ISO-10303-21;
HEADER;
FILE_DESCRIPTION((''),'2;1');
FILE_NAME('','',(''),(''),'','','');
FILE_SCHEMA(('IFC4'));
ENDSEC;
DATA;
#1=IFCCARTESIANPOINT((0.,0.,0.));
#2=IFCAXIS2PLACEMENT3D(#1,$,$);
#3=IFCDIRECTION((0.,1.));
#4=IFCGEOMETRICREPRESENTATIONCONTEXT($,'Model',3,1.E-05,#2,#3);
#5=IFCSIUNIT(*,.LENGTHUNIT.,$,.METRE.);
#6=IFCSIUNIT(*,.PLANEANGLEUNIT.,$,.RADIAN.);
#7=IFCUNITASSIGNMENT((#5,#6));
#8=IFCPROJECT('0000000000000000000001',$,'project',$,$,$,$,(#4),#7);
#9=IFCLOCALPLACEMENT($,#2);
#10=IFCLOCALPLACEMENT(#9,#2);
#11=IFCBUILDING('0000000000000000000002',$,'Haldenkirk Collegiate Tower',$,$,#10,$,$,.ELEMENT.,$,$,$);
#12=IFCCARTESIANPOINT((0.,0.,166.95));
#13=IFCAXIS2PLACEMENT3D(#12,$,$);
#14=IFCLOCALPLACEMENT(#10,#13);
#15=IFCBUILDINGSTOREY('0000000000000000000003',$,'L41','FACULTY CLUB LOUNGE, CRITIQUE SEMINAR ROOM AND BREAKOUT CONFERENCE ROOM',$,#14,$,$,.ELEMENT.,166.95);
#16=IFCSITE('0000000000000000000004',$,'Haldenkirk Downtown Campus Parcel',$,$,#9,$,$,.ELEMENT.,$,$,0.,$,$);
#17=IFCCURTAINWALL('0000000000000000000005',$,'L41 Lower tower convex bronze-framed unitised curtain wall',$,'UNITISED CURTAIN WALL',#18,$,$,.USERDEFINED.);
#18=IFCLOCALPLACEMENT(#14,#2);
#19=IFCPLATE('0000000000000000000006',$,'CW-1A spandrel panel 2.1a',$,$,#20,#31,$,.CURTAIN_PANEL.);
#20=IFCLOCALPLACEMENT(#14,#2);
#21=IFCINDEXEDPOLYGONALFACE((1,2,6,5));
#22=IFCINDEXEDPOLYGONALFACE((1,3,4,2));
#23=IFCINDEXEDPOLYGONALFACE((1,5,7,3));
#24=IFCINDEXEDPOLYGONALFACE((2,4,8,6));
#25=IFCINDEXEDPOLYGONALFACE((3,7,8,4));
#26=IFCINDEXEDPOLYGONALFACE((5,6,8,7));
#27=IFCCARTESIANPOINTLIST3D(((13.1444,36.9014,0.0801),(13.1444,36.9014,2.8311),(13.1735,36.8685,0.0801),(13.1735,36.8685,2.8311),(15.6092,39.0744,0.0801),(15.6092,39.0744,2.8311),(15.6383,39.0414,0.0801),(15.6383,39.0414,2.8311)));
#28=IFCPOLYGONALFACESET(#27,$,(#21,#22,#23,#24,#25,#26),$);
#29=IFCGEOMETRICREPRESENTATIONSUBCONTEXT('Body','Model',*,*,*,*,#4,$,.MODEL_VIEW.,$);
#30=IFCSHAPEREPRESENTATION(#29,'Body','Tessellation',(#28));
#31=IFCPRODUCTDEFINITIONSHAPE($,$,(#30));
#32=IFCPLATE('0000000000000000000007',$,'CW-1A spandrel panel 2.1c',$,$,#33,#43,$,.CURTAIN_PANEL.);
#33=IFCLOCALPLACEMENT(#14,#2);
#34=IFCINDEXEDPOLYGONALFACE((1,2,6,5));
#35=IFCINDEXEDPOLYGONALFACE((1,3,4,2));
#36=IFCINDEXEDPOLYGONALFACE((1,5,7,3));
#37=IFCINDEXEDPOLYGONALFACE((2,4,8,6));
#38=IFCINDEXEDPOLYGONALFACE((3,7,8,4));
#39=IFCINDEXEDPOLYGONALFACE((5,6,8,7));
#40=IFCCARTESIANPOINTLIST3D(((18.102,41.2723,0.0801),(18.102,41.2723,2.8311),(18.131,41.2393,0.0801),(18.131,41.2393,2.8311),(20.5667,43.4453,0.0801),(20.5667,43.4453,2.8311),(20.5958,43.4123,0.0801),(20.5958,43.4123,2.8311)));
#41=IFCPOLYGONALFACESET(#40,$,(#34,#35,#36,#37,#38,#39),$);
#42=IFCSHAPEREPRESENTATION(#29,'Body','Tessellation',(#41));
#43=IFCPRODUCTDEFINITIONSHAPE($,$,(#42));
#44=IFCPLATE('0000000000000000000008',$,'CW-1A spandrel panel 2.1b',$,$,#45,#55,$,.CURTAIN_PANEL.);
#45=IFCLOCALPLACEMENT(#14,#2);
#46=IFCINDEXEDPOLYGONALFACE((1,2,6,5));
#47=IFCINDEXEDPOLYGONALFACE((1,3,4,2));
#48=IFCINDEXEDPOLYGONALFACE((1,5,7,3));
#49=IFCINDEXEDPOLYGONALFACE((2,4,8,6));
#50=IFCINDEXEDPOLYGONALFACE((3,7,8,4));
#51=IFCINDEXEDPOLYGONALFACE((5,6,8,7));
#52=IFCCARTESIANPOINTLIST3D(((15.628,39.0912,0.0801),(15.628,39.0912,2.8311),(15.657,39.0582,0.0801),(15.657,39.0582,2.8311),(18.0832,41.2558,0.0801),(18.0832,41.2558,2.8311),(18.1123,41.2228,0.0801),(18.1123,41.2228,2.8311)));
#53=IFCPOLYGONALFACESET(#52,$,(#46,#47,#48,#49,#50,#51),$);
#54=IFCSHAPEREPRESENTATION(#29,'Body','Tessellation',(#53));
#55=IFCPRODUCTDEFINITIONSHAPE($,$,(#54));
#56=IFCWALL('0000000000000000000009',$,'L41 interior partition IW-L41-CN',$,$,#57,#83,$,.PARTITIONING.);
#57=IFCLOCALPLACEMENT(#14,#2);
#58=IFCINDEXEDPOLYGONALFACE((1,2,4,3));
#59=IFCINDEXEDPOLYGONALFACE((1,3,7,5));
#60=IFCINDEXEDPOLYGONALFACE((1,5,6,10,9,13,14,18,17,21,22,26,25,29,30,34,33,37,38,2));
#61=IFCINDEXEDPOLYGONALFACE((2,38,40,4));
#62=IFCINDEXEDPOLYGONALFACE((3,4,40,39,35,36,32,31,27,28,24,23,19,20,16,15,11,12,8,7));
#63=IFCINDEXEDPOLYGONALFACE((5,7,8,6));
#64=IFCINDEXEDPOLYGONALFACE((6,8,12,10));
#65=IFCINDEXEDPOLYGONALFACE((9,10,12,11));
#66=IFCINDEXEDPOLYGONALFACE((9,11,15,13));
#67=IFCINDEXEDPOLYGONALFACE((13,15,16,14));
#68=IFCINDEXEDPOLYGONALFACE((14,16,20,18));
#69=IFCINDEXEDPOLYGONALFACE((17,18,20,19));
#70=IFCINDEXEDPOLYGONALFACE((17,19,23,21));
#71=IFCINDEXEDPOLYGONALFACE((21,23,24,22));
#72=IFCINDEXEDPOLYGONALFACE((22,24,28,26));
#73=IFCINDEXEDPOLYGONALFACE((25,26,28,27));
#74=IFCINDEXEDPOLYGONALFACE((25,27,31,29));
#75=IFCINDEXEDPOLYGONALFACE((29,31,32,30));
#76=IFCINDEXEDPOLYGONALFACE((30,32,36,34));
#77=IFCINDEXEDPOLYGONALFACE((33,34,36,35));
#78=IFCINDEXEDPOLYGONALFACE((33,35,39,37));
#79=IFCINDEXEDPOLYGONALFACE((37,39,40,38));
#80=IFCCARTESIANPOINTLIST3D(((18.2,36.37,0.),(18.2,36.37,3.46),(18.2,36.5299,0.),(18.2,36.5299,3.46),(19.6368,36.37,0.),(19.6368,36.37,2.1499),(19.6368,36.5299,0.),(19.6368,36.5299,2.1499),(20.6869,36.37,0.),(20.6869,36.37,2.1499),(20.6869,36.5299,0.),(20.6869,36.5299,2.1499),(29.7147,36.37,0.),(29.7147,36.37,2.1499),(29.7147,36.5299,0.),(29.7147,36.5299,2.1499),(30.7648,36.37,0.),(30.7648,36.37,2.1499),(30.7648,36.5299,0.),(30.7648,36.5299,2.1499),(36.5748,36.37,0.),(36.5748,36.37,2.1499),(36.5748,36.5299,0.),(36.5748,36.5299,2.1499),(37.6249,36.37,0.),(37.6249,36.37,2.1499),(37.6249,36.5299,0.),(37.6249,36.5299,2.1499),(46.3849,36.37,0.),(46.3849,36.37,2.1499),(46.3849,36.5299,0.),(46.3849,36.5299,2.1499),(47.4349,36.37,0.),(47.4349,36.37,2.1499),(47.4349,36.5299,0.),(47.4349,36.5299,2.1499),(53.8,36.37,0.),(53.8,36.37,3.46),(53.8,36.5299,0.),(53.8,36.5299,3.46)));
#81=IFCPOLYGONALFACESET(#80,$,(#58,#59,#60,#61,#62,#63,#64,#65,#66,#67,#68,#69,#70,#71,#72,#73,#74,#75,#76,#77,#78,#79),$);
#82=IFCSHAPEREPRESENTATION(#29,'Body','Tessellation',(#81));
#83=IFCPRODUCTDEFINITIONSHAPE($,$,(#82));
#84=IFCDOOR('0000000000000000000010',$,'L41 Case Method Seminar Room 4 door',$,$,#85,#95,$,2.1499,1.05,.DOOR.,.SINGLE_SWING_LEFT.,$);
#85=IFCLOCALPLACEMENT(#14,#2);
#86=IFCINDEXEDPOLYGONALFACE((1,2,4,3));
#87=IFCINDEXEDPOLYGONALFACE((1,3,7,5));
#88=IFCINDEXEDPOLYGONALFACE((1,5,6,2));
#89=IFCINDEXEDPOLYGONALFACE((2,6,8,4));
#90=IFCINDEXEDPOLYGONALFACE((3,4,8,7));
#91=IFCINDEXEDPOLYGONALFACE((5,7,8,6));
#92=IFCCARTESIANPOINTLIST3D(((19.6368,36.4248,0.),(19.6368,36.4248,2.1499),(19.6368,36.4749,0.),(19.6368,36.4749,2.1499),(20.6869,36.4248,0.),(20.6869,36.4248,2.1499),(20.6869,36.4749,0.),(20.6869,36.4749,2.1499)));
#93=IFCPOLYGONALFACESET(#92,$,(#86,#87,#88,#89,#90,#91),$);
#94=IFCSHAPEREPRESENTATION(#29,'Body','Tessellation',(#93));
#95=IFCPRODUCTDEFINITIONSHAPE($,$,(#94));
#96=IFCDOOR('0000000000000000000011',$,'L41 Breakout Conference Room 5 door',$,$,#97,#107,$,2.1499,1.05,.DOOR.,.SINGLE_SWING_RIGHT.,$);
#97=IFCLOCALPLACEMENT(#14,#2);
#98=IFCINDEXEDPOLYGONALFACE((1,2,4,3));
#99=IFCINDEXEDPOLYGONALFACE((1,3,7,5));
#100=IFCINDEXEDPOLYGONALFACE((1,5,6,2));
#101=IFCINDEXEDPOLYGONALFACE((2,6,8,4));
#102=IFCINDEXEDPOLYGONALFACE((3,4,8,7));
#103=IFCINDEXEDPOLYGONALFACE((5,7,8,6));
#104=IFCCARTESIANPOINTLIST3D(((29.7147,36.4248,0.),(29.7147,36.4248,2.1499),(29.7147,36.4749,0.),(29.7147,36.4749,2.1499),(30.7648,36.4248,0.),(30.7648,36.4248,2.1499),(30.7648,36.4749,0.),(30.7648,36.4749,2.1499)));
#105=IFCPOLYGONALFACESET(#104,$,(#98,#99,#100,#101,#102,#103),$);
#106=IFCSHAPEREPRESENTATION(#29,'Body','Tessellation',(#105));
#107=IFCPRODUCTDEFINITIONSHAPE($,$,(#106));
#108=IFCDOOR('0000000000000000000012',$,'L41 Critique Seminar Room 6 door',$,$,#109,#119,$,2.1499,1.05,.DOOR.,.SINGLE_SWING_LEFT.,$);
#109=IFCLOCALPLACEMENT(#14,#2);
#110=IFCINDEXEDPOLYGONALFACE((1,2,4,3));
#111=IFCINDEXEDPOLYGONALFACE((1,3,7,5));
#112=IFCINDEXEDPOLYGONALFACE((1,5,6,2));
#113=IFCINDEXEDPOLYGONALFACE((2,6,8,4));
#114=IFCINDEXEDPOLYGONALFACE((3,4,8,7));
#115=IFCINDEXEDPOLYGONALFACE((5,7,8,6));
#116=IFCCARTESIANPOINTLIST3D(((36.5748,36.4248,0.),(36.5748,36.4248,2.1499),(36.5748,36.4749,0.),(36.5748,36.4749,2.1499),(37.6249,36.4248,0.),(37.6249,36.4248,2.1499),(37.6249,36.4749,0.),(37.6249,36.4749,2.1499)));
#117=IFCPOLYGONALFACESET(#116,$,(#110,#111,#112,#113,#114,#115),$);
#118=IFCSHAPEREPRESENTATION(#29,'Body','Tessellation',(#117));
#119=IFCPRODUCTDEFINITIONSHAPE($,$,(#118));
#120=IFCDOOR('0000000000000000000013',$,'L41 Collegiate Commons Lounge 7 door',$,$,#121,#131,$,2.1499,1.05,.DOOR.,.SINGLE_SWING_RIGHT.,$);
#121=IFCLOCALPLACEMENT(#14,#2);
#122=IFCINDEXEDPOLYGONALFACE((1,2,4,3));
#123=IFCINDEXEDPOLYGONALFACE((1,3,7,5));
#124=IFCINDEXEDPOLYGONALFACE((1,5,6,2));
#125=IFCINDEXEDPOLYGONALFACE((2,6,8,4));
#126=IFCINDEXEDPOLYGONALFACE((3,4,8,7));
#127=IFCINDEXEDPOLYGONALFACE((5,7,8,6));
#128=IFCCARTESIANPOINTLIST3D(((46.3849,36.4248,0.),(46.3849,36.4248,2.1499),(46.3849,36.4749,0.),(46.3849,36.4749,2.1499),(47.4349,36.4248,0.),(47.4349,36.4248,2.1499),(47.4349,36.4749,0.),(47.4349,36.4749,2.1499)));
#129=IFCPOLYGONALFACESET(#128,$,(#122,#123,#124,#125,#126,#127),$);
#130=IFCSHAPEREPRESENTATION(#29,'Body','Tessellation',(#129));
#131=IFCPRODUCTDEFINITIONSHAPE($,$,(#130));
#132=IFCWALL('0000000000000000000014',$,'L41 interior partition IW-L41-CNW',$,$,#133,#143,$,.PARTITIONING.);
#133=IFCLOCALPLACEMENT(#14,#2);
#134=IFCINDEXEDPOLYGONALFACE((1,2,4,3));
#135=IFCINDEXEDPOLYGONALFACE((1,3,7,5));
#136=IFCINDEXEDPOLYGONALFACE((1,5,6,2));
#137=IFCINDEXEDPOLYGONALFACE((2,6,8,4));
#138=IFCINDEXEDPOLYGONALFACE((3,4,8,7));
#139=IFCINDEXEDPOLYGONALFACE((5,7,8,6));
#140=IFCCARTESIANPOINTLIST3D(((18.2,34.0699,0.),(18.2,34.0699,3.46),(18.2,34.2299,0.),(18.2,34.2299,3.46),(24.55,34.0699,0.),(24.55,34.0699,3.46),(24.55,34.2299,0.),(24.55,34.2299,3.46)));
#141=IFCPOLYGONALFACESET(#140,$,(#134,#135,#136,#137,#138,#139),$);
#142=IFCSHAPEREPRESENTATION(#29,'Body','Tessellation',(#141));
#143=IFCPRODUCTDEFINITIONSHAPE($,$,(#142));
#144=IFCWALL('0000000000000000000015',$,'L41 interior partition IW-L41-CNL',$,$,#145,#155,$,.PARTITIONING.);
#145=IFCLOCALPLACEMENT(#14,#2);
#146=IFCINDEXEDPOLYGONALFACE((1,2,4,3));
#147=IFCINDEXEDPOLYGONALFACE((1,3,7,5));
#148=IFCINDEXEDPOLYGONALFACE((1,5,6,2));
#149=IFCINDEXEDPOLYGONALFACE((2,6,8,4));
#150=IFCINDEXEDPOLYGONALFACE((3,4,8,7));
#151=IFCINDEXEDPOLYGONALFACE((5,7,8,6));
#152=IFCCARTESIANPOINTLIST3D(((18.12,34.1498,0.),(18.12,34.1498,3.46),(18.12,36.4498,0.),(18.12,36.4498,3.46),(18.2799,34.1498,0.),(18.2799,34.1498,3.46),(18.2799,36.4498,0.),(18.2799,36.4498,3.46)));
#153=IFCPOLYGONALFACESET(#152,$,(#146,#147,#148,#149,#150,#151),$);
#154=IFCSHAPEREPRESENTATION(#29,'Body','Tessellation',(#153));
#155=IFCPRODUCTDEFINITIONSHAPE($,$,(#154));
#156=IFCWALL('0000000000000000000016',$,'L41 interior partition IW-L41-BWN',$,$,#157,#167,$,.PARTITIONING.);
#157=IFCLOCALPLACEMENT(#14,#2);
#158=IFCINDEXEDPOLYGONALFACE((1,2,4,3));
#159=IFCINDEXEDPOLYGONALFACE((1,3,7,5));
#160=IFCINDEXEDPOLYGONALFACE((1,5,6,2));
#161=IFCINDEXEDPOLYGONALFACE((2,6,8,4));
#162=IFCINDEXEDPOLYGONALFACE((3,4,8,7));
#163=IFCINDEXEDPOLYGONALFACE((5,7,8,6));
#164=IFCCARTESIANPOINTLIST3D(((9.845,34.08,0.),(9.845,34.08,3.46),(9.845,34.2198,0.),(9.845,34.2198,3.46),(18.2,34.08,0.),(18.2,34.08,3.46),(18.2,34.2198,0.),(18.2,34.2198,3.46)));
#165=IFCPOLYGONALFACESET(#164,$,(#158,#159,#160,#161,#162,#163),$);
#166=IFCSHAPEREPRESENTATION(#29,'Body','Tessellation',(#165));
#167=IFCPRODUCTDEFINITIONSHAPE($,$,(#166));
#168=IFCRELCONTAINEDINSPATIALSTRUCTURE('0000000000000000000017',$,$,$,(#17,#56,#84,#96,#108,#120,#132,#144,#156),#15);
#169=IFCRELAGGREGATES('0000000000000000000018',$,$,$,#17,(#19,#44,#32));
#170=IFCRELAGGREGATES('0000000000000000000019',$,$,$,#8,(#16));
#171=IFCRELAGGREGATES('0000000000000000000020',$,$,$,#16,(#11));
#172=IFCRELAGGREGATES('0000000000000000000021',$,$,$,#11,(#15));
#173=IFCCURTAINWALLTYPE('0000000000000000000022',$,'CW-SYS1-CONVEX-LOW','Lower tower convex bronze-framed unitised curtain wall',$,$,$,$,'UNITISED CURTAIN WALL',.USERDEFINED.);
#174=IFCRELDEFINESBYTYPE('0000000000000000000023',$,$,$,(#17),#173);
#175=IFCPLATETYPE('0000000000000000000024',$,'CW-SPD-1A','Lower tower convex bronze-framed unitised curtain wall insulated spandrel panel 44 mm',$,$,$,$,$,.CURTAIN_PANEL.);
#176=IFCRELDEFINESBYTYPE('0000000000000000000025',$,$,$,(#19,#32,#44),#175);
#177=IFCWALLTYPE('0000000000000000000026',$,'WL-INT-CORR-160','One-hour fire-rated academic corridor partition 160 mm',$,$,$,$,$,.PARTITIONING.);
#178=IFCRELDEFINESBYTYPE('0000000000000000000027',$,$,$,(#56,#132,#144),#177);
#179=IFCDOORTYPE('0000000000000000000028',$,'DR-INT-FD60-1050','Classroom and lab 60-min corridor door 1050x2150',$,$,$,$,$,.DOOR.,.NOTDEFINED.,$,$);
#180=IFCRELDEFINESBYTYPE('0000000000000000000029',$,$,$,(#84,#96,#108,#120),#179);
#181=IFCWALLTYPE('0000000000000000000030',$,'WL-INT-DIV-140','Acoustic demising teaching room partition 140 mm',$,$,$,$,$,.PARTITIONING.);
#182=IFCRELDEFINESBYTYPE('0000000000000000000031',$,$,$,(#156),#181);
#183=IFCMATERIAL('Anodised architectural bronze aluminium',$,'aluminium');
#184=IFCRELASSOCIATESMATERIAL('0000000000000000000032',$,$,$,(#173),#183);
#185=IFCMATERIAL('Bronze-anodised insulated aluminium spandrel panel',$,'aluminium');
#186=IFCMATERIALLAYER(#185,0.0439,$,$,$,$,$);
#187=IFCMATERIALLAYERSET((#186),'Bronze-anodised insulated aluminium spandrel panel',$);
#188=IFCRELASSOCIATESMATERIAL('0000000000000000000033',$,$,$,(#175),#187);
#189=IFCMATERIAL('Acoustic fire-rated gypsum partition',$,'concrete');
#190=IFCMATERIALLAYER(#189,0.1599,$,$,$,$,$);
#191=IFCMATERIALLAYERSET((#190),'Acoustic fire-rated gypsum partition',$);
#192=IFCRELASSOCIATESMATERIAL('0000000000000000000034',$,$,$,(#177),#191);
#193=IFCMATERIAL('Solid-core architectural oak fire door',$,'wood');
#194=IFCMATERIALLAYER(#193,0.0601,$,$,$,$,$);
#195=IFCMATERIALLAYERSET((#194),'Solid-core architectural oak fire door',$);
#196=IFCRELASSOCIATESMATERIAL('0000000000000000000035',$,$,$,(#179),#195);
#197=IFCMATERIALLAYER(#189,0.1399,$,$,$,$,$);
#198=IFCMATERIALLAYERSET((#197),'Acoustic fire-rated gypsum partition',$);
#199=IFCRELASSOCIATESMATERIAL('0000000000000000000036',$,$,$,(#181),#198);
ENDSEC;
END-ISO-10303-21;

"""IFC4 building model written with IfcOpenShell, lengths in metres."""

from ifc_helpers import new_model, si_unit, direction, frame, frame_2d, origin, origin_2d, place, context, subcontext, project, spatial, rectangle, extrude, source, transform, mapped, material, layer, layer_set, type_object, element, fill, aggregate, save


model = new_model("IFC4")

# Units and contexts
model_context = context("Model", 3, precision=1e-05, world=origin(), true_north=direction((0.0, 1.0)))
body_context = subcontext(model_context, "Body", "Model", "MODEL_VIEW")
ifc_project = project(units=[si_unit("LENGTHUNIT", "METRE"), si_unit("PLANEANGLEUNIT", "RADIAN")], contexts=[model_context])

# Site, building, storey
site_placement = place(None, origin())
site = spatial("IfcSite", under=ifc_project, at=site_placement, Name="Haldenkirk Downtown Campus Parcel", CompositionType="ELEMENT", RefElevation=0.0)
building_placement = place(site_placement, origin())
building = spatial("IfcBuilding", under=site, at=building_placement, Name="Haldenkirk Collegiate Tower", CompositionType="ELEMENT")
storey_placement = place(building_placement, frame((0.0, 0.0, 166.95)))
storey = spatial("IfcBuildingStorey", under=building, at=storey_placement, Name="L41", Description="FACULTY CLUB LOUNGE, CRITIQUE SEMINAR ROOM AND BREAKOUT CONFERENCE ROOM", CompositionType="ELEMENT", Elevation=166.95)

# Curtain wall
ifc_material_1 = material(Name="Anodised architectural bronze aluminium", Category="aluminium")
curtain_wall_type = type_object("IfcCurtainWallType", Name="CW-SYS1-CONVEX-LOW", Description="Lower tower convex bronze-framed unitised curtain wall", ElementType="UNITISED CURTAIN WALL", PredefinedType="USERDEFINED", material=ifc_material_1)
curtain_wall_placement = place(storey_placement, origin())
curtain_wall = element("IfcCurtainWall", 1, at=curtain_wall_placement, inside=storey, type_object=curtain_wall_type, Name="L41 Lower tower convex bronze-framed unitised curtain wall", ObjectType="UNITISED CURTAIN WALL", PredefinedType="USERDEFINED")

# Plates
ifc_material_2 = material(Name="Bronze-anodised insulated aluminium spandrel panel", Category="aluminium")
ifc_layer_1 = layer(ifc_material_2, 0.0439)
ifc_layer_set_1 = layer_set([ifc_layer_1], Name="Bronze-anodised insulated aluminium spandrel panel")
plate_type_1 = type_object("IfcPlateType", Name="CW-SPD-1A", Description="Lower tower convex bronze-framed unitised curtain wall insulated spandrel panel 44 mm", PredefinedType="CURTAIN_PANEL", material=ifc_layer_set_1)
shared_shape_1 = source(origin(), body_context, "Body", "SweptSolid", [
    extrude(rectangle(XDim=3.2859, YDim=0.0439, at=origin_2d()), origin(), (0.0, 0.0, 1.0), 2.751),
])
plate_1_placement = place(storey_placement, frame((14.3914, 37.9714, 0.0801), z_axis=(0.0, 0.0, 1.0), x_axis=(0.750112, 0.66131, 0.0)))
plate_1 = element("IfcPlate", 2, at=plate_1_placement, type_object=plate_type_1, Name="CW-1A spandrel panel 2.1a", PredefinedType="CURTAIN_PANEL", context=body_context, shape_type="MappedRepresentation", body=[
    mapped(shared_shape_1, transform((0.0, 0.0, 0.0), x_axis=(1.0, 0.0, 0.0), y_axis=(0.0, 1.0, 0.0), z_axis=(0.0, 0.0, 1.0), scale=1.0)),
])
plate_2_placement = place(storey_placement, frame((19.3489, 42.3423, 0.0801), z_axis=(0.0, 0.0, 1.0), x_axis=(0.750112, 0.66131, 0.0)))
plate_2 = element("IfcPlate", 3, at=plate_2_placement, type_object=plate_type_1, Name="CW-1A spandrel panel 2.1c", PredefinedType="CURTAIN_PANEL", context=body_context, shape_type="MappedRepresentation", body=[
    mapped(shared_shape_1, transform((0.0, 0.0, 0.0), x_axis=(1.0, 0.0, 0.0), y_axis=(0.0, 1.0, 0.0), z_axis=(0.0, 0.0, 1.0), scale=1.0)),
])
shared_shape_2 = source(origin(), body_context, "Body", "SweptSolid", [
    extrude(rectangle(XDim=3.2732, YDim=0.0439, at=origin_2d()), origin(), (0.0, 0.0, 1.0), 2.751),
])
plate_3_placement = place(storey_placement, frame((16.8701, 40.157, 0.0801), z_axis=(0.0, 0.0, 1.0), x_axis=(0.750112, 0.66131, 0.0)))
plate_3 = element("IfcPlate", 4, at=plate_3_placement, type_object=plate_type_1, Name="CW-1A spandrel panel 2.1b", PredefinedType="CURTAIN_PANEL", context=body_context, shape_type="MappedRepresentation", body=[
    mapped(shared_shape_2, transform((0.0, 0.0, 0.0), x_axis=(1.0, 0.0, 0.0), y_axis=(0.0, 1.0, 0.0), z_axis=(0.0, 0.0, 1.0), scale=1.0)),
])
aggregate(curtain_wall, [plate_1, plate_3, plate_2])

# Wall, openings, doors
ifc_material_3 = material(Name="Acoustic fire-rated gypsum partition", Category="concrete")
ifc_layer_2 = layer(ifc_material_3, 0.1599)
ifc_layer_set_2 = layer_set([ifc_layer_2], Name="Acoustic fire-rated gypsum partition")
wall_type_1 = type_object("IfcWallType", Name="WL-INT-CORR-160", Description="One-hour fire-rated academic corridor partition 160 mm", PredefinedType="PARTITIONING", material=ifc_layer_set_2)
wall_1_placement = place(storey_placement, frame((18.2, 36.45, 0.0), z_axis=(0.0, 0.0, 1.0), x_axis=(1.0, 0.0, 0.0)))
wall_1 = element("IfcWall", 5, at=wall_1_placement, inside=storey, type_object=wall_type_1, Name="L41 interior partition IW-L41-CN", PredefinedType="PARTITIONING", context=body_context, shape_type="SweptSolid", body=[
    extrude(rectangle(XDim=35.6001, YDim=0.1599, at=frame_2d((17.8, 0.0))), origin(), (0.0, 0.0, 1.0), 3.46),
])
opening_1_placement = place(wall_1_placement, frame((1.437, 0.0, 0.0)))
opening_1 = element("IfcOpeningElement", 6, at=opening_1_placement, cuts=wall_1, PredefinedType="OPENING", context=body_context, shape_type="SweptSolid", body=[
    extrude(rectangle(XDim=1.05, YDim=2.1499, at=frame_2d((0.5249, 1.075))), frame((0.0, 0.0898, 0.0), z_axis=(0.0, -1.0, 0.0), x_axis=(1.0, 0.0, 0.0)), (0.0, 0.0, 1.0), 0.1799),
])
opening_2_placement = place(wall_1_placement, frame((11.5149, 0.0, 0.0)))
opening_2 = element("IfcOpeningElement", 7, at=opening_2_placement, cuts=wall_1, PredefinedType="OPENING", context=body_context, shape_type="SweptSolid", body=[
    extrude(rectangle(XDim=1.05, YDim=2.1499, at=frame_2d((0.5249, 1.075))), frame((0.0, 0.0898, 0.0), z_axis=(0.0, -1.0, 0.0), x_axis=(1.0, 0.0, 0.0)), (0.0, 0.0, 1.0), 0.1799),
])
opening_3_placement = place(wall_1_placement, frame((18.375, 0.0, 0.0)))
opening_3 = element("IfcOpeningElement", 8, at=opening_3_placement, cuts=wall_1, PredefinedType="OPENING", context=body_context, shape_type="SweptSolid", body=[
    extrude(rectangle(XDim=1.05, YDim=2.1499, at=frame_2d((0.5249, 1.075))), frame((0.0, 0.0898, 0.0), z_axis=(0.0, -1.0, 0.0), x_axis=(1.0, 0.0, 0.0)), (0.0, 0.0, 1.0), 0.1799),
])
opening_4_placement = place(wall_1_placement, frame((28.1851, 0.0, 0.0)))
opening_4 = element("IfcOpeningElement", 9, at=opening_4_placement, cuts=wall_1, PredefinedType="OPENING", context=body_context, shape_type="SweptSolid", body=[
    extrude(rectangle(XDim=1.05, YDim=2.1499, at=frame_2d((0.5249, 1.075))), frame((0.0, 0.0898, 0.0), z_axis=(0.0, -1.0, 0.0), x_axis=(1.0, 0.0, 0.0)), (0.0, 0.0, 1.0), 0.1799),
])
ifc_material_4 = material(Name="Solid-core architectural oak fire door", Category="wood")
ifc_layer_3 = layer(ifc_material_4, 0.0601)
ifc_layer_set_3 = layer_set([ifc_layer_3], Name="Solid-core architectural oak fire door")
door_type = type_object("IfcDoorType", Name="DR-INT-FD60-1050", Description="Classroom and lab 60-min corridor door 1050x2150", OperationType="NOTDEFINED", PredefinedType="DOOR", material=ifc_layer_set_3)
door_1_placement = place(opening_1_placement, origin())
door_1 = element("IfcDoor", 10, at=door_1_placement, inside=storey, type_object=door_type, Name="L41 Case Method Seminar Room 4 door", OperationType="SINGLE_SWING_LEFT", OverallHeight=2.1499, OverallWidth=1.05, PredefinedType="DOOR", context=body_context, shape_type="SweptSolid", body=[
    extrude(rectangle(XDim=1.05, YDim=2.1499, at=frame_2d((0.5249, 1.075))), frame((0.0, 0.0249, 0.0), z_axis=(0.0, -1.0, 0.0), x_axis=(1.0, 0.0, 0.0)), (0.0, 0.0, 1.0), 0.05),
])
fill(opening_1, door_1)
door_2_placement = place(opening_2_placement, origin())
door_2 = element("IfcDoor", 11, at=door_2_placement, inside=storey, type_object=door_type, Name="L41 Breakout Conference Room 5 door", OperationType="SINGLE_SWING_RIGHT", OverallHeight=2.1499, OverallWidth=1.05, PredefinedType="DOOR", context=body_context, shape_type="SweptSolid", body=[
    extrude(rectangle(XDim=1.05, YDim=2.1499, at=frame_2d((0.5249, 1.075))), frame((0.0, 0.0249, 0.0), z_axis=(0.0, -1.0, 0.0), x_axis=(1.0, 0.0, 0.0)), (0.0, 0.0, 1.0), 0.05),
])
fill(opening_2, door_2)
door_3_placement = place(opening_3_placement, origin())
door_3 = element("IfcDoor", 12, at=door_3_placement, inside=storey, type_object=door_type, Name="L41 Critique Seminar Room 6 door", OperationType="SINGLE_SWING_LEFT", OverallHeight=2.1499, OverallWidth=1.05, PredefinedType="DOOR", context=body_context, shape_type="SweptSolid", body=[
    extrude(rectangle(XDim=1.05, YDim=2.1499, at=frame_2d((0.5249, 1.075))), frame((0.0, 0.0249, 0.0), z_axis=(0.0, -1.0, 0.0), x_axis=(1.0, 0.0, 0.0)), (0.0, 0.0, 1.0), 0.05),
])
fill(opening_3, door_3)
door_4_placement = place(opening_4_placement, origin())
door_4 = element("IfcDoor", 13, at=door_4_placement, inside=storey, type_object=door_type, Name="L41 Collegiate Commons Lounge 7 door", OperationType="SINGLE_SWING_RIGHT", OverallHeight=2.1499, OverallWidth=1.05, PredefinedType="DOOR", context=body_context, shape_type="SweptSolid", body=[
    extrude(rectangle(XDim=1.05, YDim=2.1499, at=frame_2d((0.5249, 1.075))), frame((0.0, 0.0249, 0.0), z_axis=(0.0, -1.0, 0.0), x_axis=(1.0, 0.0, 0.0)), (0.0, 0.0, 1.0), 0.05),
])
fill(opening_4, door_4)

# Walls
wall_2_placement = place(storey_placement, frame((18.2, 34.1499, 0.0), z_axis=(0.0, 0.0, 1.0), x_axis=(1.0, 0.0, 0.0)))
element("IfcWall", 14, at=wall_2_placement, inside=storey, type_object=wall_type_1, Name="L41 interior partition IW-L41-CNW", PredefinedType="PARTITIONING", context=body_context, shape_type="SweptSolid", body=[
    extrude(rectangle(XDim=6.3501, YDim=0.1599, at=frame_2d((3.175, 0.0))), origin(), (0.0, 0.0, 1.0), 3.46),
])
wall_3_placement = place(storey_placement, frame((18.2, 34.1499, 0.0), z_axis=(0.0, 0.0, 1.0), x_axis=(0.0, 1.0, 0.0)))
element("IfcWall", 15, at=wall_3_placement, inside=storey, type_object=wall_type_1, Name="L41 interior partition IW-L41-CNL", PredefinedType="PARTITIONING", context=body_context, shape_type="SweptSolid", body=[
    extrude(rectangle(XDim=2.3, YDim=0.1599, at=frame_2d((1.1499, 0.0))), origin(), (0.0, 0.0, 1.0), 3.46),
])
ifc_layer_4 = layer(ifc_material_3, 0.1399)
ifc_layer_set_4 = layer_set([ifc_layer_4], Name="Acoustic fire-rated gypsum partition")
wall_type_2 = type_object("IfcWallType", Name="WL-INT-DIV-140", Description="Acoustic demising teaching room partition 140 mm", PredefinedType="PARTITIONING", material=ifc_layer_set_4)
wall_4_placement = place(storey_placement, frame((9.845, 34.1499, 0.0), z_axis=(0.0, 0.0, 1.0), x_axis=(1.0, 0.0, 0.0)))
element("IfcWall", 16, at=wall_4_placement, inside=storey, type_object=wall_type_2, Name="L41 interior partition IW-L41-BWN", PredefinedType="PARTITIONING", context=body_context, shape_type="SweptSolid", body=[
    extrude(rectangle(XDim=8.355, YDim=0.1399, at=frame_2d((4.1775, 0.0))), origin(), (0.0, 0.0, 1.0), 3.46),
])

save(model, "model.ifc")
